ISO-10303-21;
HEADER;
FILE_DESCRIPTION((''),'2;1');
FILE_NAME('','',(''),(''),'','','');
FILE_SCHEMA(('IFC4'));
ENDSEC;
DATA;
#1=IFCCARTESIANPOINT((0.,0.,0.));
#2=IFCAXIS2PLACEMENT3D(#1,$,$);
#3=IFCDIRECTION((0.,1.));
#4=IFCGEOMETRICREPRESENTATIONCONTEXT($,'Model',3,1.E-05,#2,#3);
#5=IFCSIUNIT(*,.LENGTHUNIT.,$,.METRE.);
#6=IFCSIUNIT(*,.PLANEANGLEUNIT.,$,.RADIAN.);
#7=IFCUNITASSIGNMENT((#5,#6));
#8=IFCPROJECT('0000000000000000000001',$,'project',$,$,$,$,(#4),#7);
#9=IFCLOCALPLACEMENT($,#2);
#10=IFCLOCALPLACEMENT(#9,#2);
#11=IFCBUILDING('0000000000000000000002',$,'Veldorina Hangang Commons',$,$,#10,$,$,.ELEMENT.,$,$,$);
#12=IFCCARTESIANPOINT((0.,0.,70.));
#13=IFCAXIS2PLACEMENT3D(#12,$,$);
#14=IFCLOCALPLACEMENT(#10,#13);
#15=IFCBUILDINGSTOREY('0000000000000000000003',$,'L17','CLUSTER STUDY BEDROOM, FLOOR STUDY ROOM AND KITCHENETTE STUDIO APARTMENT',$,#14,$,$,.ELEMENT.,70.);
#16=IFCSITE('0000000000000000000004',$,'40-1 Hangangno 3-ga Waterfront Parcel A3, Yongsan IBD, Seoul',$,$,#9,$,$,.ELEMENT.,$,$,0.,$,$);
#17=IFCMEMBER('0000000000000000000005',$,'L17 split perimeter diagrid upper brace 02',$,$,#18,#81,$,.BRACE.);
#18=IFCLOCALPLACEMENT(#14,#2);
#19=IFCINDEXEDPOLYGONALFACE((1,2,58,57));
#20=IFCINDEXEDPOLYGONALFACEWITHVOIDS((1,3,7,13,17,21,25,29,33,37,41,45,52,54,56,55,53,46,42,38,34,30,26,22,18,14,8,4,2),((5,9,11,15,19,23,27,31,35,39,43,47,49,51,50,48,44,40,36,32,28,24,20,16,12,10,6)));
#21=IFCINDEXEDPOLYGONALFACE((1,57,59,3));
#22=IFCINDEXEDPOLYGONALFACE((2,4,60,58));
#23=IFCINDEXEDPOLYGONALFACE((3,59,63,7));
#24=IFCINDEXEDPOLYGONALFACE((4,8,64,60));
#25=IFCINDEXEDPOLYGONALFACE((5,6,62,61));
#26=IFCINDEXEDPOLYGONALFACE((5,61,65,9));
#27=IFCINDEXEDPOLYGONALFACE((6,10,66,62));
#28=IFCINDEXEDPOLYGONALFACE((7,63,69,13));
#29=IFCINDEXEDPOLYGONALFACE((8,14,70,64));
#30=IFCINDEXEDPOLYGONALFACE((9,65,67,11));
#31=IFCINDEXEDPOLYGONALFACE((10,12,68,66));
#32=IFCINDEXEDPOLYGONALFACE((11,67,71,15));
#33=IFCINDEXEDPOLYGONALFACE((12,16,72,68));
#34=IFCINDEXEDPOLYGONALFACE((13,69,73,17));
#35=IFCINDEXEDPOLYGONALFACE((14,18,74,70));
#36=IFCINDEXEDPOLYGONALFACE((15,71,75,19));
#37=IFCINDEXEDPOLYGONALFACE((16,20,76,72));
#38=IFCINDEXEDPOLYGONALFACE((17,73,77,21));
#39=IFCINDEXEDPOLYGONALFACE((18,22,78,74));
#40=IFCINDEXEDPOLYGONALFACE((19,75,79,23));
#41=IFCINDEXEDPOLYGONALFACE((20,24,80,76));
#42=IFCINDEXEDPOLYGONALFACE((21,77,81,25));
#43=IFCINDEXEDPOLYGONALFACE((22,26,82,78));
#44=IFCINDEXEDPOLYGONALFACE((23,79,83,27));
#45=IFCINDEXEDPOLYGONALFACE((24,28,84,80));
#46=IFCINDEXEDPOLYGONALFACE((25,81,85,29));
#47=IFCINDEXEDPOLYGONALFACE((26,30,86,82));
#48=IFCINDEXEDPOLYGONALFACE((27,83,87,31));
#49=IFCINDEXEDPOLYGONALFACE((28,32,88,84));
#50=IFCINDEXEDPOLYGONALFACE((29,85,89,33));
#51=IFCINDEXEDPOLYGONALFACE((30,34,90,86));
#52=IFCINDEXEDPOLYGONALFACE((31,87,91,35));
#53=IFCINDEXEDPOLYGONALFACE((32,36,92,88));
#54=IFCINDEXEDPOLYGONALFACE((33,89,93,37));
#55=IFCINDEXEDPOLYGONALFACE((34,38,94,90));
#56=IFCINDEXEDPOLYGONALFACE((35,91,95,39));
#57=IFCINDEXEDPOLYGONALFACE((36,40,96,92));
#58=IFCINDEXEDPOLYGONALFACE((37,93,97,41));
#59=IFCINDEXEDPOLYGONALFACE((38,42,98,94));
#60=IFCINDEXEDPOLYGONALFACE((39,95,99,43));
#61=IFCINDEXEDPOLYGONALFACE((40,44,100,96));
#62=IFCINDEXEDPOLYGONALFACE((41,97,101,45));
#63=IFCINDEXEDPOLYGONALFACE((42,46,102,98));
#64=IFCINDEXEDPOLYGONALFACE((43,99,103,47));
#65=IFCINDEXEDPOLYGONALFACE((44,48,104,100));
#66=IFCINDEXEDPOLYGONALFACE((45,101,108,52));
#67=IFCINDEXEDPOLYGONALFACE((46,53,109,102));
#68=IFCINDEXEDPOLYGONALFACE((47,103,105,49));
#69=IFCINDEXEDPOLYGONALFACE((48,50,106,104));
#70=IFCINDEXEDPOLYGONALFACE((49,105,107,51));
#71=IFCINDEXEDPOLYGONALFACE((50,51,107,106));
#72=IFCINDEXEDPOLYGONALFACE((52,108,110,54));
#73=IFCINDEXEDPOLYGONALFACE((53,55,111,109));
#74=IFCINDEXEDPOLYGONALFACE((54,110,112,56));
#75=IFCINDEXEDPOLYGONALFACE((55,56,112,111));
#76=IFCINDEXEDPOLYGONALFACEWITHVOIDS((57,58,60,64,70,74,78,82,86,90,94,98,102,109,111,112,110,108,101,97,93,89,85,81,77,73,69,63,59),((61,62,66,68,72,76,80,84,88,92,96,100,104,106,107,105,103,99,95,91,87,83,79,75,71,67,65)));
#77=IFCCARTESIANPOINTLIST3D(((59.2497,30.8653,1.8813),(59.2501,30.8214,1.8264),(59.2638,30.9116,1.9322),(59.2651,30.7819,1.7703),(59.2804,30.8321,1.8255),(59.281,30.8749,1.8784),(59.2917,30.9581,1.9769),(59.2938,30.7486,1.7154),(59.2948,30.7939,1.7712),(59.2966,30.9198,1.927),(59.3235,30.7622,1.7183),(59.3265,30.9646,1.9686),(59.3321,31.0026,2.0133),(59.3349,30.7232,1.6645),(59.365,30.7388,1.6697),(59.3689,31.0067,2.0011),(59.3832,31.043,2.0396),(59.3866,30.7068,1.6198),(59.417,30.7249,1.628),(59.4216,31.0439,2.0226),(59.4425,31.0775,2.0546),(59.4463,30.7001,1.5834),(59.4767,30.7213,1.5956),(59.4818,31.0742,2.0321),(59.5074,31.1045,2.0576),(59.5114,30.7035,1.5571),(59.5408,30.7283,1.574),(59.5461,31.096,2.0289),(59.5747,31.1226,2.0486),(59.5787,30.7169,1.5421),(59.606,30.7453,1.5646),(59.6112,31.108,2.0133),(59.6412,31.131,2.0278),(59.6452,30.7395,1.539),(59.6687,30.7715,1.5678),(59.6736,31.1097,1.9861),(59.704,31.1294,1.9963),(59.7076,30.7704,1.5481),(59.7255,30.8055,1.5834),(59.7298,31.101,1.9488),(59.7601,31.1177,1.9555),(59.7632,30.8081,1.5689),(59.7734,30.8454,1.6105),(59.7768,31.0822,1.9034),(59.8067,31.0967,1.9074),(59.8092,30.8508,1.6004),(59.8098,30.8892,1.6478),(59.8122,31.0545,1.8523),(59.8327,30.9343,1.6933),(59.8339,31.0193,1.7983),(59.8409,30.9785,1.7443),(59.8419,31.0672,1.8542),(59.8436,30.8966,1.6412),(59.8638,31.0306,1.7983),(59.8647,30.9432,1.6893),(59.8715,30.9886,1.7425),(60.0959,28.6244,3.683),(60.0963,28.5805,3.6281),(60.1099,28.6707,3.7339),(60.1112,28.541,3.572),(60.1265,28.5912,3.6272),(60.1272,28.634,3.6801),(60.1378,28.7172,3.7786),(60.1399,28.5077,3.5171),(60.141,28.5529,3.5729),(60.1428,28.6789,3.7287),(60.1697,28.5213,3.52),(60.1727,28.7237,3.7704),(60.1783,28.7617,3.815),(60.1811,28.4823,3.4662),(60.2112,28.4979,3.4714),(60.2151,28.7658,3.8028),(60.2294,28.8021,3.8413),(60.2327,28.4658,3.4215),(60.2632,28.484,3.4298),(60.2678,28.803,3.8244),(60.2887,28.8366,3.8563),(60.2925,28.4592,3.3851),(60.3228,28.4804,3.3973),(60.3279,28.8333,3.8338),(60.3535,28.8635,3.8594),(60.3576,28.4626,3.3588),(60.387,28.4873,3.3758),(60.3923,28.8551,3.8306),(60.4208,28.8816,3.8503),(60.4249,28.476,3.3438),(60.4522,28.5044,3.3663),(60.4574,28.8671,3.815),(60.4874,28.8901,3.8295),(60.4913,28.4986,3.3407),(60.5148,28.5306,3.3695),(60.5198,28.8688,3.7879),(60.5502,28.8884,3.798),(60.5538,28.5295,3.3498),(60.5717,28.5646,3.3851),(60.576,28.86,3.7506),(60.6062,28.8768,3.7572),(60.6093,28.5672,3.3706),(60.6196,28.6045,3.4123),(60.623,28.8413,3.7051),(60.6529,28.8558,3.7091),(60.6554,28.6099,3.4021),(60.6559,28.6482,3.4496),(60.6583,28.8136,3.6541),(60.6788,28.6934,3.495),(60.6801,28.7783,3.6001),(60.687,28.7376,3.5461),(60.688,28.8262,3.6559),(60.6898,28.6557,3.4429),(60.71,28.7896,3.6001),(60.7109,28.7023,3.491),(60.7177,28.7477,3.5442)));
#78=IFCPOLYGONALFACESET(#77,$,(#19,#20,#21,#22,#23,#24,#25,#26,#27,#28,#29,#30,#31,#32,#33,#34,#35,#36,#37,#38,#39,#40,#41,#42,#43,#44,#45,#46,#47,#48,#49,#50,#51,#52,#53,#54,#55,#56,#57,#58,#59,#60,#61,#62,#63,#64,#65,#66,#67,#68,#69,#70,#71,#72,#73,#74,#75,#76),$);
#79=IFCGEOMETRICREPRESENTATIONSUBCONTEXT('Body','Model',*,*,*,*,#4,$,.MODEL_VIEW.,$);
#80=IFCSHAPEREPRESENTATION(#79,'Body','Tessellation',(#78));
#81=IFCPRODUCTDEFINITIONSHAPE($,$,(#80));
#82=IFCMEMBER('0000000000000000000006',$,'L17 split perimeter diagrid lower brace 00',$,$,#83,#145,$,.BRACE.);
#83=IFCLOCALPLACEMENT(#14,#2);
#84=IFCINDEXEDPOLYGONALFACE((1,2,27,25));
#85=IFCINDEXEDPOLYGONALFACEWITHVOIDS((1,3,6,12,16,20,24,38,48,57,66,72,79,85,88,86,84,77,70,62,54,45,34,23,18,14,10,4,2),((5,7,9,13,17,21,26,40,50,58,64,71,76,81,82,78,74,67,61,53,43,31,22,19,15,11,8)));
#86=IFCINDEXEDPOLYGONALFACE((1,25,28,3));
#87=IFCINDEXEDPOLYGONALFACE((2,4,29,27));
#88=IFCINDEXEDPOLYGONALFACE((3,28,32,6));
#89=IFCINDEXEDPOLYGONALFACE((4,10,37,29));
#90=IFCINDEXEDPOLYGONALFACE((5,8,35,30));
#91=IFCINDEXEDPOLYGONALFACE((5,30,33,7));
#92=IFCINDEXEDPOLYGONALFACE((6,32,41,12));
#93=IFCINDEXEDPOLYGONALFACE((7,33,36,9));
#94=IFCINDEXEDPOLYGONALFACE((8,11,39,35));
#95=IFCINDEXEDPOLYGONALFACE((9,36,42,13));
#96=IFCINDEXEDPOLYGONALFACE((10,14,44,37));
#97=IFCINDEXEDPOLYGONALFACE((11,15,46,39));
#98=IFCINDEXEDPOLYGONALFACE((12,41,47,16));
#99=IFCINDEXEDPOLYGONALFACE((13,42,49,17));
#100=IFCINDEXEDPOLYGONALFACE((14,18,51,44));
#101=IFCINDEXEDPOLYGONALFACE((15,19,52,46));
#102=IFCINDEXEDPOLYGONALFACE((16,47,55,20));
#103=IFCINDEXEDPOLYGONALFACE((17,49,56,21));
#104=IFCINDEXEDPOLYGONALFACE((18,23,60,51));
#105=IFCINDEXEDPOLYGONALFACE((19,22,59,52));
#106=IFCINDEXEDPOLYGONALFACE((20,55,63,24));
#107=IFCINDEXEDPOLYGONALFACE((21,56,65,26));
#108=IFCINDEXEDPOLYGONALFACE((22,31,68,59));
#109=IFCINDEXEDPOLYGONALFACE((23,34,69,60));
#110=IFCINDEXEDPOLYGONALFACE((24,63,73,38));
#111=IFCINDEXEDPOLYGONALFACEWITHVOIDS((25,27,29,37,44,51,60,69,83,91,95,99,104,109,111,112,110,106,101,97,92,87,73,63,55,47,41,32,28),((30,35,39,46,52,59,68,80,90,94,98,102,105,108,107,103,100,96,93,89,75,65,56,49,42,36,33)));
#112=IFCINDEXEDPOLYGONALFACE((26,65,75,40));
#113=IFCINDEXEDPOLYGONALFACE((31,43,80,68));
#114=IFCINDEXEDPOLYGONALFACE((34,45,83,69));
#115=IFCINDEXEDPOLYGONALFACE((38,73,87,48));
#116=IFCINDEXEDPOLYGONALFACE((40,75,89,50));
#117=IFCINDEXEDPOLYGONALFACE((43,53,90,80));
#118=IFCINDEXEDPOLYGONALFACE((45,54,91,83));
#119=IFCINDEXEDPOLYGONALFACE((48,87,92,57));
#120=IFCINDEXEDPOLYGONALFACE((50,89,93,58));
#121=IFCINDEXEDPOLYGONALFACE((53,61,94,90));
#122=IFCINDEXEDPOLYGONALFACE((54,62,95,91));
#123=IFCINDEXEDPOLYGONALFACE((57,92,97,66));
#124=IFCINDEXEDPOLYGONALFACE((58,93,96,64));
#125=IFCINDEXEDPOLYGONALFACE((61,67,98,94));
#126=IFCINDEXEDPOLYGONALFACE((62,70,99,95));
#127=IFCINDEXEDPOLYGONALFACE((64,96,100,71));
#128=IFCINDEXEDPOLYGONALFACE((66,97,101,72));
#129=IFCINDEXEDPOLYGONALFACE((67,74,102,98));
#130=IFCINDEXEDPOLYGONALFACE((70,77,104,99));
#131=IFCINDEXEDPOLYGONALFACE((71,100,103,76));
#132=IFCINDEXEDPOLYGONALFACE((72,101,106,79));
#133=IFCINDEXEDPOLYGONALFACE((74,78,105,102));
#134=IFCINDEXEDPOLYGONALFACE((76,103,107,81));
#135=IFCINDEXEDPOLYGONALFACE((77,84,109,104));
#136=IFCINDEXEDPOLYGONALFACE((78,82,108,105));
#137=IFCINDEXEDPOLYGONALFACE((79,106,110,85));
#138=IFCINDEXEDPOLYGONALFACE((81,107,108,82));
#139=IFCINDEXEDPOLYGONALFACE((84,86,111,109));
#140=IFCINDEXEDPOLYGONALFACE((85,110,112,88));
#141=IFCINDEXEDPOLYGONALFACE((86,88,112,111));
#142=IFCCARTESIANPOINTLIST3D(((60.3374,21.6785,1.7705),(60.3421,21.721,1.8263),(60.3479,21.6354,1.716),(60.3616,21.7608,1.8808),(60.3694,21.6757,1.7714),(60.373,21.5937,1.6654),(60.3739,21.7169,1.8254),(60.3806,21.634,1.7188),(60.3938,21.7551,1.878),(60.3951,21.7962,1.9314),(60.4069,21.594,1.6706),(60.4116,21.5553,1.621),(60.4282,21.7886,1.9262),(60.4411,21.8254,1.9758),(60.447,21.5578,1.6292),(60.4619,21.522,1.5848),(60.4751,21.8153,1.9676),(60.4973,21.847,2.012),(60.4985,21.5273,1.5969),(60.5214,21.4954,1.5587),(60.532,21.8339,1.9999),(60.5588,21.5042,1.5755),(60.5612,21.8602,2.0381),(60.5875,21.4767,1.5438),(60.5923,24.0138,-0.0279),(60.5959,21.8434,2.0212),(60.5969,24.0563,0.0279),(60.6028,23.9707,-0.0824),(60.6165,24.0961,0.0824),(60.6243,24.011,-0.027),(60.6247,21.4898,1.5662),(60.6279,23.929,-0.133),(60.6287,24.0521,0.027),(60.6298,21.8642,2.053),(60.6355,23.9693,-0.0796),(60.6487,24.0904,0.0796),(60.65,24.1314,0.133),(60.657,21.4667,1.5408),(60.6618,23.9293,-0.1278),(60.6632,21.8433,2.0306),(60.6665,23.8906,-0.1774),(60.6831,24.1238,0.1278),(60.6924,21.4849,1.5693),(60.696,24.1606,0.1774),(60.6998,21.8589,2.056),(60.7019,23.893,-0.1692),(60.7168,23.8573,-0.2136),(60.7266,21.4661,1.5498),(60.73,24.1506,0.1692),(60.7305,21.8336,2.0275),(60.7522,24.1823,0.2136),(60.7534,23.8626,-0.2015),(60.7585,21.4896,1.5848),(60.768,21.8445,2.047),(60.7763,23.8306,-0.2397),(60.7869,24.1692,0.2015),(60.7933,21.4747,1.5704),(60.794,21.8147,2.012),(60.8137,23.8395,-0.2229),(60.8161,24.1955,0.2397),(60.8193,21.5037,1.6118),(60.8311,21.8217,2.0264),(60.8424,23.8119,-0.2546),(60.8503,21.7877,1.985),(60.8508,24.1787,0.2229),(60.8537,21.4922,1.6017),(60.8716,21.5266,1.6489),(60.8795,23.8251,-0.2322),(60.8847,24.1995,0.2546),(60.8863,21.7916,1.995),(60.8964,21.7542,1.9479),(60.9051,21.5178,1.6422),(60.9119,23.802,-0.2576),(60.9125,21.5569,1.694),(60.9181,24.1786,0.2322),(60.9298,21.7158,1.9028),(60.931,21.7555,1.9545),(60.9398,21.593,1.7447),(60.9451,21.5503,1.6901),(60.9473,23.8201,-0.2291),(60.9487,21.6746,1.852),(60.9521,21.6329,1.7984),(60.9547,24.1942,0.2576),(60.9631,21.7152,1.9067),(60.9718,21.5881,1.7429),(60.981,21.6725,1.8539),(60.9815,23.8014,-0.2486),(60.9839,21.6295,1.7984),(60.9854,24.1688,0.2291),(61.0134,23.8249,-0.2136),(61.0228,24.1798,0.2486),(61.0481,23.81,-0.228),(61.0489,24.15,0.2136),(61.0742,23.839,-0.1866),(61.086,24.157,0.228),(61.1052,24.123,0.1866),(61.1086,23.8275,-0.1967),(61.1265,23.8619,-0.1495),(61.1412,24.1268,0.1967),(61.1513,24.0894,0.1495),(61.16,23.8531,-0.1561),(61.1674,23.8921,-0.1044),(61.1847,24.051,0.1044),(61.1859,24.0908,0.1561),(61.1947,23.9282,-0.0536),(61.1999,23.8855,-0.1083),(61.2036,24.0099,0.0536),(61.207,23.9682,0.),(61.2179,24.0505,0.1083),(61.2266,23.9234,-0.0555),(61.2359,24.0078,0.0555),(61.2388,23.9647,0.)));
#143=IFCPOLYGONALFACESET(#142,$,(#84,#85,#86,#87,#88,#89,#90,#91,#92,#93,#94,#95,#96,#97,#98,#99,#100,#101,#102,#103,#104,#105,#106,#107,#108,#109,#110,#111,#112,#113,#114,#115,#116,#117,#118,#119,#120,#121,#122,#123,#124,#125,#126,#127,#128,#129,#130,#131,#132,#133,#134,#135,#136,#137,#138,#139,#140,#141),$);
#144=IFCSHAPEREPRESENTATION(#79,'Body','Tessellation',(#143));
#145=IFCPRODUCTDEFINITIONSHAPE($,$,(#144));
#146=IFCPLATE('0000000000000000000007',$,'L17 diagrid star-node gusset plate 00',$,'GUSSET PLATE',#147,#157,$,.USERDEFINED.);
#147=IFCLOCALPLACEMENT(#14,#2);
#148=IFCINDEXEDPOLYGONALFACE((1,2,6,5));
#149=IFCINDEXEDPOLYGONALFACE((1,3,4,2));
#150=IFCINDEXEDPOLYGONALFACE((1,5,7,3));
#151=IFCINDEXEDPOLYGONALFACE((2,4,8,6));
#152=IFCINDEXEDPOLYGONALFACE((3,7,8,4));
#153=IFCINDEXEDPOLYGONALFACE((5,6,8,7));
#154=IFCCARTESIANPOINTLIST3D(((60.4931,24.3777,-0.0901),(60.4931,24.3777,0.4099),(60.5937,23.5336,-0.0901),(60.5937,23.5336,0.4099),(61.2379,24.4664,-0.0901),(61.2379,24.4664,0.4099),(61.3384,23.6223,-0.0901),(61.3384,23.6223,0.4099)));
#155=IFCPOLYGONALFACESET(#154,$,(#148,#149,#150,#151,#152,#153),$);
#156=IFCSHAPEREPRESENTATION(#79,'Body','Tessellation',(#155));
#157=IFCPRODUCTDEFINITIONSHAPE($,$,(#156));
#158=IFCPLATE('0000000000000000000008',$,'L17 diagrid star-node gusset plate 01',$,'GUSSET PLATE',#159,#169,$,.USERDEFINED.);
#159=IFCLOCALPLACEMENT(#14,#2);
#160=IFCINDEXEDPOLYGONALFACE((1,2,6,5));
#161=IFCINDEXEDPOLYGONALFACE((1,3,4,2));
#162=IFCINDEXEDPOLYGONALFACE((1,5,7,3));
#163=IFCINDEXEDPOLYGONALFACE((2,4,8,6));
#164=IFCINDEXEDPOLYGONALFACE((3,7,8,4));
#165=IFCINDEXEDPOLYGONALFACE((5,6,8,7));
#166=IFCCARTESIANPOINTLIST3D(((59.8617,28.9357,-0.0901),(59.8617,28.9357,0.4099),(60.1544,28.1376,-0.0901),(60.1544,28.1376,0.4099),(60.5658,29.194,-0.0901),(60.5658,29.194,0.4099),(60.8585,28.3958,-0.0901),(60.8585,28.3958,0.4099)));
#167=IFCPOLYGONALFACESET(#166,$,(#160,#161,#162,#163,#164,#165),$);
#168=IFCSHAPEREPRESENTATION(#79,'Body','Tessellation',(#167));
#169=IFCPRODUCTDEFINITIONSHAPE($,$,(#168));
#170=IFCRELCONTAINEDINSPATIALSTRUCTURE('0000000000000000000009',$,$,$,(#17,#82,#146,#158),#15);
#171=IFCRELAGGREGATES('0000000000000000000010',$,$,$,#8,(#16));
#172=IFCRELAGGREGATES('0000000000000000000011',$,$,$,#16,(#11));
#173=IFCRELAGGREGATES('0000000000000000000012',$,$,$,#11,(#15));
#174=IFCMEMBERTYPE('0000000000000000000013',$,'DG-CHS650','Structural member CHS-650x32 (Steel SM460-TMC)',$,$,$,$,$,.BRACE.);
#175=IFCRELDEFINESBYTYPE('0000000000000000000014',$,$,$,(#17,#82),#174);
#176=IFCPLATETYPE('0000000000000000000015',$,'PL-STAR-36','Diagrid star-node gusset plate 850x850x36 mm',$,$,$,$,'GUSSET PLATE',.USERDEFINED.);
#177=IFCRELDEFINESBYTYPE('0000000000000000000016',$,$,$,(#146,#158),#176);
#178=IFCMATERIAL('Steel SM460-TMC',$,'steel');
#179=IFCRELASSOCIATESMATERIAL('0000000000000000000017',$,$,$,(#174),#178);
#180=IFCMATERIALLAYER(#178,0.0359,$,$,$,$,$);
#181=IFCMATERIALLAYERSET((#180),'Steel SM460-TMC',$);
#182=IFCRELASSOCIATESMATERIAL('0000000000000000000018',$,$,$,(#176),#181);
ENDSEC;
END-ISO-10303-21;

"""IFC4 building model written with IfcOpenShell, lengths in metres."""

from ifc_helpers import new_model, si_unit, direction, frame, origin, origin_2d, place, context, subcontext, project, spatial, rectangle, hollow_circle, extrude, material, layer, layer_set, material_profile, profile_set, type_object, element, save


model = new_model("IFC4")

# Units and contexts
model_context = context("Model", 3, precision=1e-05, world=origin(), true_north=direction((0.0, 1.0)))
body_context = subcontext(model_context, "Body", "Model", "MODEL_VIEW")
ifc_project = project(units=[si_unit("LENGTHUNIT", "METRE"), si_unit("PLANEANGLEUNIT", "RADIAN")], contexts=[model_context])

# Site, building, storey
site_placement = place(None, origin())
site = spatial("IfcSite", under=ifc_project, at=site_placement, Name="40-1 Hangangno 3-ga Waterfront Parcel A3, Yongsan IBD, Seoul", CompositionType="ELEMENT", RefElevation=0.0)
building_placement = place(site_placement, origin())
building = spatial("IfcBuilding", under=site, at=building_placement, Name="Veldorina Hangang Commons", CompositionType="ELEMENT")
storey_placement = place(building_placement, frame((0.0, 0.0, 70.0)))
storey = spatial("IfcBuildingStorey", under=building, at=storey_placement, Name="L17", Description="CLUSTER STUDY BEDROOM, FLOOR STUDY ROOM AND KITCHENETTE STUDIO APARTMENT", CompositionType="ELEMENT", Elevation=70.0)

# Members
ifc_material_1 = material(Name="Steel SM460-TMC", Category="steel")
ifc_material_profile_1 = material_profile(ifc_material_1, hollow_circle(Radius=0.325, WallThickness=0.032, at=origin_2d()), Name="CHS-650x32")
ifc_profile_set_1 = profile_set([ifc_material_profile_1], Name="Steel SM460-TMC")
member_type = type_object("IfcMemberType", Name="DG-CHS650", Description="Structural member CHS-650x32 (Steel SM460-TMC)", PredefinedType="BRACE", material=ifc_profile_set_1)
member_1_placement = place(storey_placement, frame((59.5598, 30.9158, 1.7983), z_axis=(0.28231, -0.747641, 0.60111), x_axis=(0.935527, 0.353256, 0.0)))
element("IfcMember", 1, at=member_1_placement, inside=storey, type_object=member_type, Name="L17 split perimeter diagrid upper brace 02", PredefinedType="BRACE", context=body_context, shape_type="SweptSolid", body=[
    extrude(hollow_circle(Radius=0.325, WallThickness=0.032, at=origin_2d()), origin(), (0.0, 0.0, 1.0), 2.9973),
])
member_2_placement = place(storey_placement, frame((60.9158, 24.0, 0.0), z_axis=(-0.086155, -0.789345, 0.607874), x_axis=(0.994096, -0.108504, 0.0)))
element("IfcMember", 2, at=member_2_placement, inside=storey, type_object=member_type, Name="L17 split perimeter diagrid lower brace 00", PredefinedType="BRACE", context=body_context, shape_type="SweptSolid", body=[
    extrude(hollow_circle(Radius=0.325, WallThickness=0.032, at=origin_2d()), origin(), (0.0, 0.0, 1.0), 2.9585),
])

# Plates
ifc_layer_1 = layer(ifc_material_1, 0.0359)
ifc_layer_set_1 = layer_set([ifc_layer_1], Name="Steel SM460-TMC")
plate_type = type_object("IfcPlateType", Name="PL-STAR-36", Description="Diagrid star-node gusset plate 850x850x36 mm", ElementType="GUSSET PLATE", PredefinedType="USERDEFINED", material=ifc_layer_set_1)
for number, where, z_axis, x_axis, name in (
    (3, (60.9158, 24.0, -0.0901), (0.0, 0.0, 1.0), (-0.118248, 0.992984, 0.0), "L17 diagrid star-node gusset plate 00"),
    (4, (60.3601, 28.6658, -0.0901), (0.0, 0.0, 1.0), (-0.344332, 0.938848, 0.0), "L17 diagrid star-node gusset plate 01"),
):
    element("IfcPlate", number, at=place(storey_placement, frame(where, z_axis=z_axis, x_axis=x_axis)), inside=storey, type_object=plate_type, Name=name, ObjectType="GUSSET PLATE", PredefinedType="USERDEFINED", context=body_context, shape_type="SweptSolid", body=[
        extrude(rectangle(XDim=0.8501, YDim=0.75, at=origin_2d()), origin(), (0.0, 0.0, 1.0), 0.5),
    ])

save(model, "model.ifc")
